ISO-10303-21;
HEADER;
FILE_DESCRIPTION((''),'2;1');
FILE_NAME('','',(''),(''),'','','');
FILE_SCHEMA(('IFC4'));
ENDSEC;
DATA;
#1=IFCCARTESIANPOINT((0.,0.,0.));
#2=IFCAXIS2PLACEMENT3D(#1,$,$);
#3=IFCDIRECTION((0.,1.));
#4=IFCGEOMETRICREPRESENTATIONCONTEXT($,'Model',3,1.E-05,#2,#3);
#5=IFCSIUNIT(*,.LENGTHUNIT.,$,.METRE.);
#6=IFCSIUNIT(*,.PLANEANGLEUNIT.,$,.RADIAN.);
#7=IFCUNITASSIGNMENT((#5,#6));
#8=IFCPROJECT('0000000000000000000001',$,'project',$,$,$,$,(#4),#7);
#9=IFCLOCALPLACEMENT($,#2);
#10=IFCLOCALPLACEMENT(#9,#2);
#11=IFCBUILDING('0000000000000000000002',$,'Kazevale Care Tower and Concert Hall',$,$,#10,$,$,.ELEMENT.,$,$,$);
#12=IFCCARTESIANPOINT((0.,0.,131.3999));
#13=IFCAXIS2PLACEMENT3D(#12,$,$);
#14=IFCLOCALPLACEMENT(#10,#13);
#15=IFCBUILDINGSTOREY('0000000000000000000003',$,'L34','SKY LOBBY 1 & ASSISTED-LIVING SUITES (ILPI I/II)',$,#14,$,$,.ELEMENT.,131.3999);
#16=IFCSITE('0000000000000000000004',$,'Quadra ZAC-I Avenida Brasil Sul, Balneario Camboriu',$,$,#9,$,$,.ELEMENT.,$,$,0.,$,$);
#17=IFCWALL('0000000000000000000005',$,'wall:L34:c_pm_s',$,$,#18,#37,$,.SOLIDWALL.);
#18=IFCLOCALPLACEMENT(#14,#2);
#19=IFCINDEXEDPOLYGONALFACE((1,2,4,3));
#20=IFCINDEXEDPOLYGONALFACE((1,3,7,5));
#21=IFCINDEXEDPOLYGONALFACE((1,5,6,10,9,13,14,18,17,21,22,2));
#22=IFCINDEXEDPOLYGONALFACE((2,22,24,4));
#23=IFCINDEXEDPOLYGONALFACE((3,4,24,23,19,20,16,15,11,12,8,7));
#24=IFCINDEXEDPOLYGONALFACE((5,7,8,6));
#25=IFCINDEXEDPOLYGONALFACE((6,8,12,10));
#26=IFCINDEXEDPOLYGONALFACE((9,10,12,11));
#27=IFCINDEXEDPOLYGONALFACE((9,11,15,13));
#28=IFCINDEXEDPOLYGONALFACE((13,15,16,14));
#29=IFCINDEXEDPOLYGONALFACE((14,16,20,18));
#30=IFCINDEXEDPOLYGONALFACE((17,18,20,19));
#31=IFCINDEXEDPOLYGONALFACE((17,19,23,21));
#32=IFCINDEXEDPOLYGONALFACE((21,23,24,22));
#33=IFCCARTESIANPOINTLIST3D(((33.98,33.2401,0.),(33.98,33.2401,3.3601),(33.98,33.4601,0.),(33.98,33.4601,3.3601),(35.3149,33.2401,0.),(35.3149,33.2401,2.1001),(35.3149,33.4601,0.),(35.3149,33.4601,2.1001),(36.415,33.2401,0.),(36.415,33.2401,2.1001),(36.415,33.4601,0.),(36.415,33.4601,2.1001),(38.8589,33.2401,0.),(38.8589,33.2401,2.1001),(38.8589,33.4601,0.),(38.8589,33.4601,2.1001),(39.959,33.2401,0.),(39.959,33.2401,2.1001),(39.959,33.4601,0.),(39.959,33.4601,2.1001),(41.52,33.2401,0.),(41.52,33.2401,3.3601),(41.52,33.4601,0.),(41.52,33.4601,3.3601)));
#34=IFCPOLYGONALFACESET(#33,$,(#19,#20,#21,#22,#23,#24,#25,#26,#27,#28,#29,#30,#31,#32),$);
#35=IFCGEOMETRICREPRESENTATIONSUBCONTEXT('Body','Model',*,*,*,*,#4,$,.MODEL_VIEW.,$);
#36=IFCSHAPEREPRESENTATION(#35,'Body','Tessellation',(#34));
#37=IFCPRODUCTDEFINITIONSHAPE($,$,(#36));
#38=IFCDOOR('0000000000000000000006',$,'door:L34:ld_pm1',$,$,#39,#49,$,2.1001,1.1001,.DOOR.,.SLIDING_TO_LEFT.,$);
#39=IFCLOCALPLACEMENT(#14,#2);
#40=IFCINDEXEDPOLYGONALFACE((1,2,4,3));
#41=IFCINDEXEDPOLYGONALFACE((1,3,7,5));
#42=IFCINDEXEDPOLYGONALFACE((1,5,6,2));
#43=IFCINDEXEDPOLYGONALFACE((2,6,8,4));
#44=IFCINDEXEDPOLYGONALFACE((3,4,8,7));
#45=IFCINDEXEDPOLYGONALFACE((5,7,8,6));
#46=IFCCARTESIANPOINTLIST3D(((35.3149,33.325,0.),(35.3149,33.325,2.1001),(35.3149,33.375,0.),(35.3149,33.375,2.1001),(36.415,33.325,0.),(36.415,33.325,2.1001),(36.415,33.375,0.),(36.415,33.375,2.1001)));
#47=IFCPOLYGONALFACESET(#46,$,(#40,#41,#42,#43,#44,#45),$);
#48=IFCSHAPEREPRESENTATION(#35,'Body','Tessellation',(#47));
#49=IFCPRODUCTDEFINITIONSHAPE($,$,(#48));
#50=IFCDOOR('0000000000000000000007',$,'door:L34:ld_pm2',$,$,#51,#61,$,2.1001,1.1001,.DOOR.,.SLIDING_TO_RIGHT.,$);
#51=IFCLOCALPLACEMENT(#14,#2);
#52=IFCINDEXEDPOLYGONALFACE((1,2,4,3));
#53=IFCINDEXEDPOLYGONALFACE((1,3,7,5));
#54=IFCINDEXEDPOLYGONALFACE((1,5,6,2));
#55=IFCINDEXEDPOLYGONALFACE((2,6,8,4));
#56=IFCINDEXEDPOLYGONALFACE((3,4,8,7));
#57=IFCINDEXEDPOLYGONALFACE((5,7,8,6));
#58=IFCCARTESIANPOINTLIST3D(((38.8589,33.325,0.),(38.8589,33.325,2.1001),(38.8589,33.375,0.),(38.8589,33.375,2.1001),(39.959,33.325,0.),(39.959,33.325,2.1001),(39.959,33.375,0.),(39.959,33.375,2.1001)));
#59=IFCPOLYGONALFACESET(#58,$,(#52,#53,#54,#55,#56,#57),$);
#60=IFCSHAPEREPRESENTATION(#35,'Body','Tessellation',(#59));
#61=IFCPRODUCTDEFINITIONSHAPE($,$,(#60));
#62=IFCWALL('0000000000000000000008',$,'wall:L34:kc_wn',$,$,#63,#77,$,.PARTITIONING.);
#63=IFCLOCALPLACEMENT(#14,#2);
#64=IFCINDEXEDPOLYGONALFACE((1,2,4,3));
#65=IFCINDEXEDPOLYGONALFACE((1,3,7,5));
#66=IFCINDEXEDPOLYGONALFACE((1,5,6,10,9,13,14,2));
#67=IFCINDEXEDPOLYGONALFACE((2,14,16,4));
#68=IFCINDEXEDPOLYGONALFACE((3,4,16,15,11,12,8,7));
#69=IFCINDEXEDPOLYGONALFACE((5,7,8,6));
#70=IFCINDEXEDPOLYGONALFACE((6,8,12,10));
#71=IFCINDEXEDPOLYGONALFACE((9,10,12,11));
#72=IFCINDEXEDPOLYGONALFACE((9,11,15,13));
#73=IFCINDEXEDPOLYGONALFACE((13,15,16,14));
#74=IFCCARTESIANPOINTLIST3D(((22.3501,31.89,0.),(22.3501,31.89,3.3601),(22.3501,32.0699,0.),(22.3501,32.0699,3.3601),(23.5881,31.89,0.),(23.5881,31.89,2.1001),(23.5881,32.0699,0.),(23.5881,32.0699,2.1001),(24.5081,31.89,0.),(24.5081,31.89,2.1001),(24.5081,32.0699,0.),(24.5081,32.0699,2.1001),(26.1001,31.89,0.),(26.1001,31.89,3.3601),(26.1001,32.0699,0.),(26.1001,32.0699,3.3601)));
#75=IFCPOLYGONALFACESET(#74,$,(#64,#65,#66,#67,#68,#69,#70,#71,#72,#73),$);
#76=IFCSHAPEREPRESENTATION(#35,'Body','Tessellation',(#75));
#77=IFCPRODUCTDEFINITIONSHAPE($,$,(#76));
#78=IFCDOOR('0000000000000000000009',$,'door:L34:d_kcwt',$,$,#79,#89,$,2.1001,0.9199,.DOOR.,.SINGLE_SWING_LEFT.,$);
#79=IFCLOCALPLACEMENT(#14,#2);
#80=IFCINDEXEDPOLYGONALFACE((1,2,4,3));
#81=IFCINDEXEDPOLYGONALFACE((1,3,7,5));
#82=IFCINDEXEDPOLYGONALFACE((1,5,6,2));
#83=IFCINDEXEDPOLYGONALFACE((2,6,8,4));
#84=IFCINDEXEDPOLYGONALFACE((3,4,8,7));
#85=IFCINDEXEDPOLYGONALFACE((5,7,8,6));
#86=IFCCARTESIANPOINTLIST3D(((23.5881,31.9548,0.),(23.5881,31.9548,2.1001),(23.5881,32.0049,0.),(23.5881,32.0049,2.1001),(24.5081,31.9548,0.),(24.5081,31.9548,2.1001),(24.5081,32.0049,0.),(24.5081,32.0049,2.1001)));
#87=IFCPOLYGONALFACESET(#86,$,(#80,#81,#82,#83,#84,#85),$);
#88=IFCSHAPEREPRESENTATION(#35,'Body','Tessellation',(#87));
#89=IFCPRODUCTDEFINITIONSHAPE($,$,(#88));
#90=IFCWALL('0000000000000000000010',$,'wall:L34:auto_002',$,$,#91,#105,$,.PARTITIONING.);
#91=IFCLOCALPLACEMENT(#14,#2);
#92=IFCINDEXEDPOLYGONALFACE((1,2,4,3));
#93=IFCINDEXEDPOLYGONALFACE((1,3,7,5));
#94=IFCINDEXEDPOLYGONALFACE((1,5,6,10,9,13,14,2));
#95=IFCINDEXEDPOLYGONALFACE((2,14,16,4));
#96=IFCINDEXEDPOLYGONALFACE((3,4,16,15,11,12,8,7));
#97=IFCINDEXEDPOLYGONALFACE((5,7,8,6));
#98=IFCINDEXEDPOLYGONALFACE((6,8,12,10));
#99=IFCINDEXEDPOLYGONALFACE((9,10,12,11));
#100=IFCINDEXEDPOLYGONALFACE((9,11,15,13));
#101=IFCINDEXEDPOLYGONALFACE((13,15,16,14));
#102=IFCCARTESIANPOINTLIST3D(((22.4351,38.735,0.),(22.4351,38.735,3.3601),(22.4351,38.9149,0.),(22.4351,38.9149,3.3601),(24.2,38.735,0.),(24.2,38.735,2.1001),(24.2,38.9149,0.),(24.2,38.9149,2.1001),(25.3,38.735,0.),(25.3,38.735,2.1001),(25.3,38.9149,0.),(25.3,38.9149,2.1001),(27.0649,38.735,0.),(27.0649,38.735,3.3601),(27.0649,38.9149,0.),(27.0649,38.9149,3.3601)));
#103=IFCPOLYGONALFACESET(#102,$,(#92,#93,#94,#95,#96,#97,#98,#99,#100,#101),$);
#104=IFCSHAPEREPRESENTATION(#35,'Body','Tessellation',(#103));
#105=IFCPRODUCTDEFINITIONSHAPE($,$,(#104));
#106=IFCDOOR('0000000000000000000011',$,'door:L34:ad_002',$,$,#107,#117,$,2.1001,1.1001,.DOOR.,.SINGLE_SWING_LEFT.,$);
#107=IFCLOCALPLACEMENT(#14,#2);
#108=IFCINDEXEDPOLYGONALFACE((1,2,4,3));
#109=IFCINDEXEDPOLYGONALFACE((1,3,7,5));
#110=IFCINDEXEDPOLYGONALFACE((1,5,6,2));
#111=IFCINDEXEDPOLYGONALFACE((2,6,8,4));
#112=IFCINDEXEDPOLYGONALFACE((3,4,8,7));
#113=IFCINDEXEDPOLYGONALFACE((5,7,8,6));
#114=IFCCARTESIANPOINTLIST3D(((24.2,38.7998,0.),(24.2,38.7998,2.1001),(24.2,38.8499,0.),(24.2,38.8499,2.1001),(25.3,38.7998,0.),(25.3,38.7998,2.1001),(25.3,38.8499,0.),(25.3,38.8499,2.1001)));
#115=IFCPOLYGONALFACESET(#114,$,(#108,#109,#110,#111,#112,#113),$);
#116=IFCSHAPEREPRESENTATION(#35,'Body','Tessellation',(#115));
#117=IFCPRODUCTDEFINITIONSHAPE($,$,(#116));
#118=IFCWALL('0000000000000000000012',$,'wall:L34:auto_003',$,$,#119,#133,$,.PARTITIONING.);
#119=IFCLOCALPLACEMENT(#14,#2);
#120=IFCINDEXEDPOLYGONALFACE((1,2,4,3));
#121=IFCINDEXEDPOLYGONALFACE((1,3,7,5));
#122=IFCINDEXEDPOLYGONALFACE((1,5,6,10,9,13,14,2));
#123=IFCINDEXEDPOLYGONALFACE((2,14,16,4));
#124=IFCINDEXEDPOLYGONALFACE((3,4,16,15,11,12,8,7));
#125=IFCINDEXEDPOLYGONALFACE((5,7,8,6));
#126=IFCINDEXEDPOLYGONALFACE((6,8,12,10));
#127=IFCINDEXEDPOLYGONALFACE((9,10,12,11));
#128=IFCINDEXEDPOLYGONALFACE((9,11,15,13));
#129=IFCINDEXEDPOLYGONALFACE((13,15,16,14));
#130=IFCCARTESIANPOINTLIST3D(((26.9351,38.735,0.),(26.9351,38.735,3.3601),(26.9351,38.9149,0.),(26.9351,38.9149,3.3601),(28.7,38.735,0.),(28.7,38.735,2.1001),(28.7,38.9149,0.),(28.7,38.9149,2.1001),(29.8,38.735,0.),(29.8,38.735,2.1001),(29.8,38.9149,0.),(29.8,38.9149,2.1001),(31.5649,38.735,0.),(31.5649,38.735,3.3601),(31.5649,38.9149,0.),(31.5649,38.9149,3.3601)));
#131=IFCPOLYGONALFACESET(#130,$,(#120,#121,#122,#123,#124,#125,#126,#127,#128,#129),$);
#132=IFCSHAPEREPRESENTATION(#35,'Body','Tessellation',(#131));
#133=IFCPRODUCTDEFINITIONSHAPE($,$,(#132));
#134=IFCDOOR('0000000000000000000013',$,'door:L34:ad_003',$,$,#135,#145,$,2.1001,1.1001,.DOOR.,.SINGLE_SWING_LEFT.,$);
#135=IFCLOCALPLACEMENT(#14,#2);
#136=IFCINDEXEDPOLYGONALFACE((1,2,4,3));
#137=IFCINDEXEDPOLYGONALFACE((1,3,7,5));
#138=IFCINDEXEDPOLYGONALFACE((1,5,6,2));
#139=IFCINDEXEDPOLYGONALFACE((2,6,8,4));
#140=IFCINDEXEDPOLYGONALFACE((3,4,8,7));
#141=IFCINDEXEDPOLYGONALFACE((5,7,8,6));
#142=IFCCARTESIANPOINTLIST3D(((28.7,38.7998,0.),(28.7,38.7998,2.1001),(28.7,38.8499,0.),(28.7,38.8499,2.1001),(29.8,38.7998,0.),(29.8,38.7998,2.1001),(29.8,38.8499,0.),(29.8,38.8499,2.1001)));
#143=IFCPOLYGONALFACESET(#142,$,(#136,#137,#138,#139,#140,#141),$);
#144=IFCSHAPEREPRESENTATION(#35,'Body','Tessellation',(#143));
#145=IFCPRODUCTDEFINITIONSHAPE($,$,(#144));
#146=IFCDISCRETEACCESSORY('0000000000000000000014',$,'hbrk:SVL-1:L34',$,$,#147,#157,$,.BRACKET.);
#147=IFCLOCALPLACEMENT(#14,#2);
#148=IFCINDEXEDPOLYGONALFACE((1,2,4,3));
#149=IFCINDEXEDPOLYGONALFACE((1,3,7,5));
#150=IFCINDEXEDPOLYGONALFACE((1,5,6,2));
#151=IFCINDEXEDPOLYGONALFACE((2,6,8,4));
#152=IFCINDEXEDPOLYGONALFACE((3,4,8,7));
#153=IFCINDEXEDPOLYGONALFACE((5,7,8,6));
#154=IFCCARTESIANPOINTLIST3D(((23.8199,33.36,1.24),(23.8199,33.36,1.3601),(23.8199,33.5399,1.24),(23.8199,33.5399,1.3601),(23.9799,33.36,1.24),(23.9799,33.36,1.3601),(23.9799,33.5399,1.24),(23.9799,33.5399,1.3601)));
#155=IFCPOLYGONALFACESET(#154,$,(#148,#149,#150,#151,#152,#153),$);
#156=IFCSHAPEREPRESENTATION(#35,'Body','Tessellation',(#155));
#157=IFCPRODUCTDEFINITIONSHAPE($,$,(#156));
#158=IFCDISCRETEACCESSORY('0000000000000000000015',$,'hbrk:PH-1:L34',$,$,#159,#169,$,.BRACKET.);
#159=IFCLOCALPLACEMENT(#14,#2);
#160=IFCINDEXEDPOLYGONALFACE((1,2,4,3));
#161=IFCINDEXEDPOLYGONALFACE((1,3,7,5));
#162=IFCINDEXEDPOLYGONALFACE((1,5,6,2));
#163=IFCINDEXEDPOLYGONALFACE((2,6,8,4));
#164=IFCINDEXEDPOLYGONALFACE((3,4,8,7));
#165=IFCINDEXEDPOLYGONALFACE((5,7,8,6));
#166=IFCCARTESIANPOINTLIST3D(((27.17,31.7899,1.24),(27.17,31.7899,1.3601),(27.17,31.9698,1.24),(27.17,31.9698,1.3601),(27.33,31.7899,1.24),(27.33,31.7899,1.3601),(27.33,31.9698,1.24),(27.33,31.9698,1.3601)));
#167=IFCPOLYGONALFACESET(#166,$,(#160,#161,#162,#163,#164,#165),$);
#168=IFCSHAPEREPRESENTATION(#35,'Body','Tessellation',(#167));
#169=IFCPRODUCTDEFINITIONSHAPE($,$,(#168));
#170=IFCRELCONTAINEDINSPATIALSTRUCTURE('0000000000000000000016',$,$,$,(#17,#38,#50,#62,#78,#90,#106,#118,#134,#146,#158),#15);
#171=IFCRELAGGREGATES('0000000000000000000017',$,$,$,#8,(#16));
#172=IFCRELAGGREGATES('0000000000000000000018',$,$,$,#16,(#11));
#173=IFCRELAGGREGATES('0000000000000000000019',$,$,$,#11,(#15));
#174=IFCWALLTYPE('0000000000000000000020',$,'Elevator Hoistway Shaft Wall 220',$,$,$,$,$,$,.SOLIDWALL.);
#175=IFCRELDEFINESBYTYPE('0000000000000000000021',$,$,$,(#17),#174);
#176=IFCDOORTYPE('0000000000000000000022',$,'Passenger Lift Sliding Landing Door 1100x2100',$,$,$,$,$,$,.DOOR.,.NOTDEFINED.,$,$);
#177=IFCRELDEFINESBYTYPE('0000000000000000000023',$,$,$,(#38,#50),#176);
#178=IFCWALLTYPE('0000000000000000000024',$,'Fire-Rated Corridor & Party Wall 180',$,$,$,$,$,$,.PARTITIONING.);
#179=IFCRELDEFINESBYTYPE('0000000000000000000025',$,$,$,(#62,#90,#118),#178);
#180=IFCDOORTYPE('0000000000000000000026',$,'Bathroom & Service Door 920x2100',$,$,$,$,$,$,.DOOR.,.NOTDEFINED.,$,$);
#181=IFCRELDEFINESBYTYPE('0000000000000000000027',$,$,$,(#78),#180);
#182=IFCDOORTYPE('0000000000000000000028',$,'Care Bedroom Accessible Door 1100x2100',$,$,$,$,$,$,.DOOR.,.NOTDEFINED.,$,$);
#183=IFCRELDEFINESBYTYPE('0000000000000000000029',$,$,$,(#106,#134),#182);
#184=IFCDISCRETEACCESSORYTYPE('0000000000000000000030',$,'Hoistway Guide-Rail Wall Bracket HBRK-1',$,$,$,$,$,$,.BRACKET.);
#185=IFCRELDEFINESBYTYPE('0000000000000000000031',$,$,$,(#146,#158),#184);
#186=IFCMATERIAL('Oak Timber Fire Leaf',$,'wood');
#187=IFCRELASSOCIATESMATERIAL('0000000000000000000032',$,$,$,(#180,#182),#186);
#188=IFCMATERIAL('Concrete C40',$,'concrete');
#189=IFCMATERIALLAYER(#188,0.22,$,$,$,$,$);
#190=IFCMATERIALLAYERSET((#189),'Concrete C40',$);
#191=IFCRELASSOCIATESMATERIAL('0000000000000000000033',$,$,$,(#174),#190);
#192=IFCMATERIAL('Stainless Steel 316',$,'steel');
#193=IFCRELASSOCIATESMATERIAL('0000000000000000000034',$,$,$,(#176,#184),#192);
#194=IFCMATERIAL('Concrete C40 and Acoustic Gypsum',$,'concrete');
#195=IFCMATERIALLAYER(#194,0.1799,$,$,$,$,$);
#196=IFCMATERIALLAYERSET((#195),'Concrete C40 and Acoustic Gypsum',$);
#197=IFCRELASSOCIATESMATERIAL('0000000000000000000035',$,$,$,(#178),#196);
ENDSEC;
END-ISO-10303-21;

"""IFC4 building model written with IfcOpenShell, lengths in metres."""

from ifc_helpers import new_model, si_unit, direction, frame, frame_2d, origin, origin_2d, place, context, subcontext, project, spatial, rectangle, extrude, material, layer, layer_set, type_object, element, fill, save


model = new_model("IFC4")

# Units and contexts
model_context = context("Model", 3, precision=1e-05, world=origin(), true_north=direction((0.0, 1.0)))
body_context = subcontext(model_context, "Body", "Model", "MODEL_VIEW")
ifc_project = project(units=[si_unit("LENGTHUNIT", "METRE"), si_unit("PLANEANGLEUNIT", "RADIAN")], contexts=[model_context])

# Site, building, storey
site_placement = place(None, origin())
site = spatial("IfcSite", under=ifc_project, at=site_placement, Name="Quadra ZAC-I Avenida Brasil Sul, Balneario Camboriu", CompositionType="ELEMENT", RefElevation=0.0)
building_placement = place(site_placement, origin())
building = spatial("IfcBuilding", under=site, at=building_placement, Name="Kazevale Care Tower and Concert Hall", CompositionType="ELEMENT")
storey_placement = place(building_placement, frame((0.0, 0.0, 131.3999)))
storey = spatial("IfcBuildingStorey", under=building, at=storey_placement, Name="L34", Description="SKY LOBBY 1 & ASSISTED-LIVING SUITES (ILPI I/II)", CompositionType="ELEMENT", Elevation=131.3999)

# Shared definitions
ifc_material_1 = material(Name="Oak Timber Fire Leaf", Category="wood")
door_type_1 = type_object("IfcDoorType", Name="Bathroom & Service Door 920x2100", OperationType="NOTDEFINED", PredefinedType="DOOR", material=ifc_material_1)

# Shared definitions
ifc_material_2 = material(Name="Concrete C40", Category="concrete")
ifc_layer_1 = layer(ifc_material_2, 0.22)
ifc_layer_set_1 = layer_set([ifc_layer_1], Name="Concrete C40")
wall_type_1 = type_object("IfcWallType", Name="Elevator Hoistway Shaft Wall 220", PredefinedType="SOLIDWALL", material=ifc_layer_set_1)

# Shared definitions
ifc_material_3 = material(Name="Stainless Steel 316", Category="steel")

# Wall, openings, doors
wall_1_placement = place(storey_placement, frame((33.98, 33.3501, 0.0), z_axis=(0.0, 0.0, 1.0), x_axis=(1.0, 0.0, 0.0)))
wall_1 = element("IfcWall", 1, at=wall_1_placement, inside=storey, type_object=wall_type_1, Name="wall:L34:c_pm_s", PredefinedType="SOLIDWALL", context=body_context, shape_type="SweptSolid", body=[
    extrude(rectangle(XDim=7.54, YDim=0.22, at=frame_2d((3.77, 0.0))), origin(), (0.0, 0.0, 1.0), 3.3601),
])
opening_1_placement = place(wall_1_placement, frame((1.335, 0.0, 0.0)))
opening_1 = element("IfcOpeningElement", 2, at=opening_1_placement, cuts=wall_1, PredefinedType="OPENING", context=body_context, shape_type="SweptSolid", body=[
    extrude(rectangle(XDim=1.1001, YDim=2.1001, at=frame_2d((0.55, 1.05))), frame((0.0, 0.1199, 0.0), z_axis=(0.0, -1.0, 0.0), x_axis=(1.0, 0.0, 0.0)), (0.0, 0.0, 1.0), 0.24),
])
opening_2_placement = place(wall_1_placement, frame((4.8789, 0.0, 0.0)))
opening_2 = element("IfcOpeningElement", 3, at=opening_2_placement, cuts=wall_1, PredefinedType="OPENING", context=body_context, shape_type="SweptSolid", body=[
    extrude(rectangle(XDim=1.1001, YDim=2.1001, at=frame_2d((0.55, 1.05))), frame((0.0, 0.1199, 0.0), z_axis=(0.0, -1.0, 0.0), x_axis=(1.0, 0.0, 0.0)), (0.0, 0.0, 1.0), 0.24),
])
door_type_2 = type_object("IfcDoorType", Name="Passenger Lift Sliding Landing Door 1100x2100", OperationType="NOTDEFINED", PredefinedType="DOOR", material=ifc_material_3)
door_1_placement = place(opening_1_placement, origin())
door_1 = element("IfcDoor", 4, at=door_1_placement, inside=storey, type_object=door_type_2, Name="door:L34:ld_pm1", OperationType="SLIDING_TO_LEFT", OverallHeight=2.1001, OverallWidth=1.1001, PredefinedType="DOOR", context=body_context, shape_type="SweptSolid", body=[
    extrude(rectangle(XDim=1.1001, YDim=2.1001, at=frame_2d((0.55, 1.05))), frame((0.0, 0.0249, 0.0), z_axis=(0.0, -1.0, 0.0), x_axis=(1.0, 0.0, 0.0)), (0.0, 0.0, 1.0), 0.05),
])
fill(opening_1, door_1)
door_2_placement = place(opening_2_placement, origin())
door_2 = element("IfcDoor", 5, at=door_2_placement, inside=storey, type_object=door_type_2, Name="door:L34:ld_pm2", OperationType="SLIDING_TO_RIGHT", OverallHeight=2.1001, OverallWidth=1.1001, PredefinedType="DOOR", context=body_context, shape_type="SweptSolid", body=[
    extrude(rectangle(XDim=1.1001, YDim=2.1001, at=frame_2d((0.55, 1.05))), frame((0.0, 0.0249, 0.0), z_axis=(0.0, -1.0, 0.0), x_axis=(1.0, 0.0, 0.0)), (0.0, 0.0, 1.0), 0.05),
])
fill(opening_2, door_2)

# Walls, openings, doors
ifc_material_4 = material(Name="Concrete C40 and Acoustic Gypsum", Category="concrete")
ifc_layer_2 = layer(ifc_material_4, 0.1799)
ifc_layer_set_2 = layer_set([ifc_layer_2], Name="Concrete C40 and Acoustic Gypsum")
wall_type_2 = type_object("IfcWallType", Name="Fire-Rated Corridor & Party Wall 180", PredefinedType="PARTITIONING", material=ifc_layer_set_2)
wall_2_placement = place(storey_placement, frame((22.3501, 31.98, 0.0), z_axis=(0.0, 0.0, 1.0), x_axis=(1.0, 0.0, 0.0)))
wall_2 = element("IfcWall", 6, at=wall_2_placement, inside=storey, type_object=wall_type_2, Name="wall:L34:kc_wn", PredefinedType="PARTITIONING", context=body_context, shape_type="SweptSolid", body=[
    extrude(rectangle(XDim=3.75, YDim=0.1799, at=frame_2d((1.875, 0.0))), origin(), (0.0, 0.0, 1.0), 3.3601),
])
opening_3_placement = place(wall_2_placement, frame((1.238, 0.0, 0.0)))
opening_3 = element("IfcOpeningElement", 7, at=opening_3_placement, cuts=wall_2, PredefinedType="OPENING", context=body_context, shape_type="SweptSolid", body=[
    extrude(rectangle(XDim=0.9199, YDim=2.1001, at=frame_2d((0.46, 1.05))), frame((0.0, 0.0999, 0.0), z_axis=(0.0, -1.0, 0.0), x_axis=(1.0, 0.0, 0.0)), (0.0, 0.0, 1.0), 0.2),
])
door_3_placement = place(opening_3_placement, origin())
door_3 = element("IfcDoor", 8, at=door_3_placement, inside=storey, type_object=door_type_1, Name="door:L34:d_kcwt", OperationType="SINGLE_SWING_LEFT", OverallHeight=2.1001, OverallWidth=0.9199, PredefinedType="DOOR", context=body_context, shape_type="SweptSolid", body=[
    extrude(rectangle(XDim=0.9199, YDim=2.1001, at=frame_2d((0.46, 1.05))), frame((0.0, 0.0249, 0.0), z_axis=(0.0, -1.0, 0.0), x_axis=(1.0, 0.0, 0.0)), (0.0, 0.0, 1.0), 0.05),
])
fill(opening_3, door_3)
wall_3_placement = place(storey_placement, frame((22.4351, 38.825, 0.0), z_axis=(0.0, 0.0, 1.0), x_axis=(1.0, 0.0, 0.0)))
wall_3 = element("IfcWall", 9, at=wall_3_placement, inside=storey, type_object=wall_type_2, Name="wall:L34:auto_002", PredefinedType="PARTITIONING", context=body_context, shape_type="SweptSolid", body=[
    extrude(rectangle(XDim=4.6299, YDim=0.1799, at=frame_2d((2.3149, 0.0))), origin(), (0.0, 0.0, 1.0), 3.3601),
])
opening_4_placement = place(wall_3_placement, frame((1.7649, 0.0, 0.0)))
opening_4 = element("IfcOpeningElement", 10, at=opening_4_placement, cuts=wall_3, PredefinedType="OPENING", context=body_context, shape_type="SweptSolid", body=[
    extrude(rectangle(XDim=1.1001, YDim=2.1001, at=frame_2d((0.55, 1.05))), frame((0.0, 0.0999, 0.0), z_axis=(0.0, -1.0, 0.0), x_axis=(1.0, 0.0, 0.0)), (0.0, 0.0, 1.0), 0.2),
])
door_type_3 = type_object("IfcDoorType", Name="Care Bedroom Accessible Door 1100x2100", OperationType="NOTDEFINED", PredefinedType="DOOR", material=ifc_material_1)
door_4_placement = place(opening_4_placement, origin())
door_4 = element("IfcDoor", 11, at=door_4_placement, inside=storey, type_object=door_type_3, Name="door:L34:ad_002", OperationType="SINGLE_SWING_LEFT", OverallHeight=2.1001, OverallWidth=1.1001, PredefinedType="DOOR", context=body_context, shape_type="SweptSolid", body=[
    extrude(rectangle(XDim=1.1001, YDim=2.1001, at=frame_2d((0.55, 1.05))), frame((0.0, 0.0249, 0.0), z_axis=(0.0, -1.0, 0.0), x_axis=(1.0, 0.0, 0.0)), (0.0, 0.0, 1.0), 0.05),
])
fill(opening_4, door_4)
wall_4_placement = place(storey_placement, frame((26.9351, 38.825, 0.0), z_axis=(0.0, 0.0, 1.0), x_axis=(1.0, 0.0, 0.0)))
wall_4 = element("IfcWall", 12, at=wall_4_placement, inside=storey, type_object=wall_type_2, Name="wall:L34:auto_003", PredefinedType="PARTITIONING", context=body_context, shape_type="SweptSolid", body=[
    extrude(rectangle(XDim=4.6299, YDim=0.1799, at=frame_2d((2.3149, 0.0))), origin(), (0.0, 0.0, 1.0), 3.3601),
])
opening_5_placement = place(wall_4_placement, frame((1.7649, 0.0, 0.0)))
opening_5 = element("IfcOpeningElement", 13, at=opening_5_placement, cuts=wall_4, PredefinedType="OPENING", context=body_context, shape_type="SweptSolid", body=[
    extrude(rectangle(XDim=1.1001, YDim=2.1001, at=frame_2d((0.55, 1.05))), frame((0.0, 0.0999, 0.0), z_axis=(0.0, -1.0, 0.0), x_axis=(1.0, 0.0, 0.0)), (0.0, 0.0, 1.0), 0.2),
])
door_5_placement = place(opening_5_placement, origin())
door_5 = element("IfcDoor", 14, at=door_5_placement, inside=storey, type_object=door_type_3, Name="door:L34:ad_003", OperationType="SINGLE_SWING_LEFT", OverallHeight=2.1001, OverallWidth=1.1001, PredefinedType="DOOR", context=body_context, shape_type="SweptSolid", body=[
    extrude(rectangle(XDim=1.1001, YDim=2.1001, at=frame_2d((0.55, 1.05))), frame((0.0, 0.0249, 0.0), z_axis=(0.0, -1.0, 0.0), x_axis=(1.0, 0.0, 0.0)), (0.0, 0.0, 1.0), 0.05),
])
fill(opening_5, door_5)

# Discrete accessories
discrete_accessory_type = type_object("IfcDiscreteAccessoryType", Name="Hoistway Guide-Rail Wall Bracket HBRK-1", PredefinedType="BRACKET", material=ifc_material_3)
for number, where, z_axis, x_axis, name in (
    (15, (23.8999, 33.45, 1.24), (0.0, 0.0, 1.0), (1.0, 0.0, 0.0), "hbrk:SVL-1:L34"),
    (16, (27.25, 31.8799, 1.24), (0.0, 0.0, 1.0), (1.0, 0.0, 0.0), "hbrk:PH-1:L34"),
):
    element("IfcDiscreteAccessory", number, at=place(storey_placement, frame(where, z_axis=z_axis, x_axis=x_axis)), inside=storey, type_object=discrete_accessory_type, Name=name, PredefinedType="BRACKET", context=body_context, shape_type="SweptSolid", body=[
        extrude(rectangle(XDim=0.1599, YDim=0.1799, at=origin_2d()), origin(), (0.0, 0.0, 1.0), 0.1201),
    ])

save(model, "model.ifc")
